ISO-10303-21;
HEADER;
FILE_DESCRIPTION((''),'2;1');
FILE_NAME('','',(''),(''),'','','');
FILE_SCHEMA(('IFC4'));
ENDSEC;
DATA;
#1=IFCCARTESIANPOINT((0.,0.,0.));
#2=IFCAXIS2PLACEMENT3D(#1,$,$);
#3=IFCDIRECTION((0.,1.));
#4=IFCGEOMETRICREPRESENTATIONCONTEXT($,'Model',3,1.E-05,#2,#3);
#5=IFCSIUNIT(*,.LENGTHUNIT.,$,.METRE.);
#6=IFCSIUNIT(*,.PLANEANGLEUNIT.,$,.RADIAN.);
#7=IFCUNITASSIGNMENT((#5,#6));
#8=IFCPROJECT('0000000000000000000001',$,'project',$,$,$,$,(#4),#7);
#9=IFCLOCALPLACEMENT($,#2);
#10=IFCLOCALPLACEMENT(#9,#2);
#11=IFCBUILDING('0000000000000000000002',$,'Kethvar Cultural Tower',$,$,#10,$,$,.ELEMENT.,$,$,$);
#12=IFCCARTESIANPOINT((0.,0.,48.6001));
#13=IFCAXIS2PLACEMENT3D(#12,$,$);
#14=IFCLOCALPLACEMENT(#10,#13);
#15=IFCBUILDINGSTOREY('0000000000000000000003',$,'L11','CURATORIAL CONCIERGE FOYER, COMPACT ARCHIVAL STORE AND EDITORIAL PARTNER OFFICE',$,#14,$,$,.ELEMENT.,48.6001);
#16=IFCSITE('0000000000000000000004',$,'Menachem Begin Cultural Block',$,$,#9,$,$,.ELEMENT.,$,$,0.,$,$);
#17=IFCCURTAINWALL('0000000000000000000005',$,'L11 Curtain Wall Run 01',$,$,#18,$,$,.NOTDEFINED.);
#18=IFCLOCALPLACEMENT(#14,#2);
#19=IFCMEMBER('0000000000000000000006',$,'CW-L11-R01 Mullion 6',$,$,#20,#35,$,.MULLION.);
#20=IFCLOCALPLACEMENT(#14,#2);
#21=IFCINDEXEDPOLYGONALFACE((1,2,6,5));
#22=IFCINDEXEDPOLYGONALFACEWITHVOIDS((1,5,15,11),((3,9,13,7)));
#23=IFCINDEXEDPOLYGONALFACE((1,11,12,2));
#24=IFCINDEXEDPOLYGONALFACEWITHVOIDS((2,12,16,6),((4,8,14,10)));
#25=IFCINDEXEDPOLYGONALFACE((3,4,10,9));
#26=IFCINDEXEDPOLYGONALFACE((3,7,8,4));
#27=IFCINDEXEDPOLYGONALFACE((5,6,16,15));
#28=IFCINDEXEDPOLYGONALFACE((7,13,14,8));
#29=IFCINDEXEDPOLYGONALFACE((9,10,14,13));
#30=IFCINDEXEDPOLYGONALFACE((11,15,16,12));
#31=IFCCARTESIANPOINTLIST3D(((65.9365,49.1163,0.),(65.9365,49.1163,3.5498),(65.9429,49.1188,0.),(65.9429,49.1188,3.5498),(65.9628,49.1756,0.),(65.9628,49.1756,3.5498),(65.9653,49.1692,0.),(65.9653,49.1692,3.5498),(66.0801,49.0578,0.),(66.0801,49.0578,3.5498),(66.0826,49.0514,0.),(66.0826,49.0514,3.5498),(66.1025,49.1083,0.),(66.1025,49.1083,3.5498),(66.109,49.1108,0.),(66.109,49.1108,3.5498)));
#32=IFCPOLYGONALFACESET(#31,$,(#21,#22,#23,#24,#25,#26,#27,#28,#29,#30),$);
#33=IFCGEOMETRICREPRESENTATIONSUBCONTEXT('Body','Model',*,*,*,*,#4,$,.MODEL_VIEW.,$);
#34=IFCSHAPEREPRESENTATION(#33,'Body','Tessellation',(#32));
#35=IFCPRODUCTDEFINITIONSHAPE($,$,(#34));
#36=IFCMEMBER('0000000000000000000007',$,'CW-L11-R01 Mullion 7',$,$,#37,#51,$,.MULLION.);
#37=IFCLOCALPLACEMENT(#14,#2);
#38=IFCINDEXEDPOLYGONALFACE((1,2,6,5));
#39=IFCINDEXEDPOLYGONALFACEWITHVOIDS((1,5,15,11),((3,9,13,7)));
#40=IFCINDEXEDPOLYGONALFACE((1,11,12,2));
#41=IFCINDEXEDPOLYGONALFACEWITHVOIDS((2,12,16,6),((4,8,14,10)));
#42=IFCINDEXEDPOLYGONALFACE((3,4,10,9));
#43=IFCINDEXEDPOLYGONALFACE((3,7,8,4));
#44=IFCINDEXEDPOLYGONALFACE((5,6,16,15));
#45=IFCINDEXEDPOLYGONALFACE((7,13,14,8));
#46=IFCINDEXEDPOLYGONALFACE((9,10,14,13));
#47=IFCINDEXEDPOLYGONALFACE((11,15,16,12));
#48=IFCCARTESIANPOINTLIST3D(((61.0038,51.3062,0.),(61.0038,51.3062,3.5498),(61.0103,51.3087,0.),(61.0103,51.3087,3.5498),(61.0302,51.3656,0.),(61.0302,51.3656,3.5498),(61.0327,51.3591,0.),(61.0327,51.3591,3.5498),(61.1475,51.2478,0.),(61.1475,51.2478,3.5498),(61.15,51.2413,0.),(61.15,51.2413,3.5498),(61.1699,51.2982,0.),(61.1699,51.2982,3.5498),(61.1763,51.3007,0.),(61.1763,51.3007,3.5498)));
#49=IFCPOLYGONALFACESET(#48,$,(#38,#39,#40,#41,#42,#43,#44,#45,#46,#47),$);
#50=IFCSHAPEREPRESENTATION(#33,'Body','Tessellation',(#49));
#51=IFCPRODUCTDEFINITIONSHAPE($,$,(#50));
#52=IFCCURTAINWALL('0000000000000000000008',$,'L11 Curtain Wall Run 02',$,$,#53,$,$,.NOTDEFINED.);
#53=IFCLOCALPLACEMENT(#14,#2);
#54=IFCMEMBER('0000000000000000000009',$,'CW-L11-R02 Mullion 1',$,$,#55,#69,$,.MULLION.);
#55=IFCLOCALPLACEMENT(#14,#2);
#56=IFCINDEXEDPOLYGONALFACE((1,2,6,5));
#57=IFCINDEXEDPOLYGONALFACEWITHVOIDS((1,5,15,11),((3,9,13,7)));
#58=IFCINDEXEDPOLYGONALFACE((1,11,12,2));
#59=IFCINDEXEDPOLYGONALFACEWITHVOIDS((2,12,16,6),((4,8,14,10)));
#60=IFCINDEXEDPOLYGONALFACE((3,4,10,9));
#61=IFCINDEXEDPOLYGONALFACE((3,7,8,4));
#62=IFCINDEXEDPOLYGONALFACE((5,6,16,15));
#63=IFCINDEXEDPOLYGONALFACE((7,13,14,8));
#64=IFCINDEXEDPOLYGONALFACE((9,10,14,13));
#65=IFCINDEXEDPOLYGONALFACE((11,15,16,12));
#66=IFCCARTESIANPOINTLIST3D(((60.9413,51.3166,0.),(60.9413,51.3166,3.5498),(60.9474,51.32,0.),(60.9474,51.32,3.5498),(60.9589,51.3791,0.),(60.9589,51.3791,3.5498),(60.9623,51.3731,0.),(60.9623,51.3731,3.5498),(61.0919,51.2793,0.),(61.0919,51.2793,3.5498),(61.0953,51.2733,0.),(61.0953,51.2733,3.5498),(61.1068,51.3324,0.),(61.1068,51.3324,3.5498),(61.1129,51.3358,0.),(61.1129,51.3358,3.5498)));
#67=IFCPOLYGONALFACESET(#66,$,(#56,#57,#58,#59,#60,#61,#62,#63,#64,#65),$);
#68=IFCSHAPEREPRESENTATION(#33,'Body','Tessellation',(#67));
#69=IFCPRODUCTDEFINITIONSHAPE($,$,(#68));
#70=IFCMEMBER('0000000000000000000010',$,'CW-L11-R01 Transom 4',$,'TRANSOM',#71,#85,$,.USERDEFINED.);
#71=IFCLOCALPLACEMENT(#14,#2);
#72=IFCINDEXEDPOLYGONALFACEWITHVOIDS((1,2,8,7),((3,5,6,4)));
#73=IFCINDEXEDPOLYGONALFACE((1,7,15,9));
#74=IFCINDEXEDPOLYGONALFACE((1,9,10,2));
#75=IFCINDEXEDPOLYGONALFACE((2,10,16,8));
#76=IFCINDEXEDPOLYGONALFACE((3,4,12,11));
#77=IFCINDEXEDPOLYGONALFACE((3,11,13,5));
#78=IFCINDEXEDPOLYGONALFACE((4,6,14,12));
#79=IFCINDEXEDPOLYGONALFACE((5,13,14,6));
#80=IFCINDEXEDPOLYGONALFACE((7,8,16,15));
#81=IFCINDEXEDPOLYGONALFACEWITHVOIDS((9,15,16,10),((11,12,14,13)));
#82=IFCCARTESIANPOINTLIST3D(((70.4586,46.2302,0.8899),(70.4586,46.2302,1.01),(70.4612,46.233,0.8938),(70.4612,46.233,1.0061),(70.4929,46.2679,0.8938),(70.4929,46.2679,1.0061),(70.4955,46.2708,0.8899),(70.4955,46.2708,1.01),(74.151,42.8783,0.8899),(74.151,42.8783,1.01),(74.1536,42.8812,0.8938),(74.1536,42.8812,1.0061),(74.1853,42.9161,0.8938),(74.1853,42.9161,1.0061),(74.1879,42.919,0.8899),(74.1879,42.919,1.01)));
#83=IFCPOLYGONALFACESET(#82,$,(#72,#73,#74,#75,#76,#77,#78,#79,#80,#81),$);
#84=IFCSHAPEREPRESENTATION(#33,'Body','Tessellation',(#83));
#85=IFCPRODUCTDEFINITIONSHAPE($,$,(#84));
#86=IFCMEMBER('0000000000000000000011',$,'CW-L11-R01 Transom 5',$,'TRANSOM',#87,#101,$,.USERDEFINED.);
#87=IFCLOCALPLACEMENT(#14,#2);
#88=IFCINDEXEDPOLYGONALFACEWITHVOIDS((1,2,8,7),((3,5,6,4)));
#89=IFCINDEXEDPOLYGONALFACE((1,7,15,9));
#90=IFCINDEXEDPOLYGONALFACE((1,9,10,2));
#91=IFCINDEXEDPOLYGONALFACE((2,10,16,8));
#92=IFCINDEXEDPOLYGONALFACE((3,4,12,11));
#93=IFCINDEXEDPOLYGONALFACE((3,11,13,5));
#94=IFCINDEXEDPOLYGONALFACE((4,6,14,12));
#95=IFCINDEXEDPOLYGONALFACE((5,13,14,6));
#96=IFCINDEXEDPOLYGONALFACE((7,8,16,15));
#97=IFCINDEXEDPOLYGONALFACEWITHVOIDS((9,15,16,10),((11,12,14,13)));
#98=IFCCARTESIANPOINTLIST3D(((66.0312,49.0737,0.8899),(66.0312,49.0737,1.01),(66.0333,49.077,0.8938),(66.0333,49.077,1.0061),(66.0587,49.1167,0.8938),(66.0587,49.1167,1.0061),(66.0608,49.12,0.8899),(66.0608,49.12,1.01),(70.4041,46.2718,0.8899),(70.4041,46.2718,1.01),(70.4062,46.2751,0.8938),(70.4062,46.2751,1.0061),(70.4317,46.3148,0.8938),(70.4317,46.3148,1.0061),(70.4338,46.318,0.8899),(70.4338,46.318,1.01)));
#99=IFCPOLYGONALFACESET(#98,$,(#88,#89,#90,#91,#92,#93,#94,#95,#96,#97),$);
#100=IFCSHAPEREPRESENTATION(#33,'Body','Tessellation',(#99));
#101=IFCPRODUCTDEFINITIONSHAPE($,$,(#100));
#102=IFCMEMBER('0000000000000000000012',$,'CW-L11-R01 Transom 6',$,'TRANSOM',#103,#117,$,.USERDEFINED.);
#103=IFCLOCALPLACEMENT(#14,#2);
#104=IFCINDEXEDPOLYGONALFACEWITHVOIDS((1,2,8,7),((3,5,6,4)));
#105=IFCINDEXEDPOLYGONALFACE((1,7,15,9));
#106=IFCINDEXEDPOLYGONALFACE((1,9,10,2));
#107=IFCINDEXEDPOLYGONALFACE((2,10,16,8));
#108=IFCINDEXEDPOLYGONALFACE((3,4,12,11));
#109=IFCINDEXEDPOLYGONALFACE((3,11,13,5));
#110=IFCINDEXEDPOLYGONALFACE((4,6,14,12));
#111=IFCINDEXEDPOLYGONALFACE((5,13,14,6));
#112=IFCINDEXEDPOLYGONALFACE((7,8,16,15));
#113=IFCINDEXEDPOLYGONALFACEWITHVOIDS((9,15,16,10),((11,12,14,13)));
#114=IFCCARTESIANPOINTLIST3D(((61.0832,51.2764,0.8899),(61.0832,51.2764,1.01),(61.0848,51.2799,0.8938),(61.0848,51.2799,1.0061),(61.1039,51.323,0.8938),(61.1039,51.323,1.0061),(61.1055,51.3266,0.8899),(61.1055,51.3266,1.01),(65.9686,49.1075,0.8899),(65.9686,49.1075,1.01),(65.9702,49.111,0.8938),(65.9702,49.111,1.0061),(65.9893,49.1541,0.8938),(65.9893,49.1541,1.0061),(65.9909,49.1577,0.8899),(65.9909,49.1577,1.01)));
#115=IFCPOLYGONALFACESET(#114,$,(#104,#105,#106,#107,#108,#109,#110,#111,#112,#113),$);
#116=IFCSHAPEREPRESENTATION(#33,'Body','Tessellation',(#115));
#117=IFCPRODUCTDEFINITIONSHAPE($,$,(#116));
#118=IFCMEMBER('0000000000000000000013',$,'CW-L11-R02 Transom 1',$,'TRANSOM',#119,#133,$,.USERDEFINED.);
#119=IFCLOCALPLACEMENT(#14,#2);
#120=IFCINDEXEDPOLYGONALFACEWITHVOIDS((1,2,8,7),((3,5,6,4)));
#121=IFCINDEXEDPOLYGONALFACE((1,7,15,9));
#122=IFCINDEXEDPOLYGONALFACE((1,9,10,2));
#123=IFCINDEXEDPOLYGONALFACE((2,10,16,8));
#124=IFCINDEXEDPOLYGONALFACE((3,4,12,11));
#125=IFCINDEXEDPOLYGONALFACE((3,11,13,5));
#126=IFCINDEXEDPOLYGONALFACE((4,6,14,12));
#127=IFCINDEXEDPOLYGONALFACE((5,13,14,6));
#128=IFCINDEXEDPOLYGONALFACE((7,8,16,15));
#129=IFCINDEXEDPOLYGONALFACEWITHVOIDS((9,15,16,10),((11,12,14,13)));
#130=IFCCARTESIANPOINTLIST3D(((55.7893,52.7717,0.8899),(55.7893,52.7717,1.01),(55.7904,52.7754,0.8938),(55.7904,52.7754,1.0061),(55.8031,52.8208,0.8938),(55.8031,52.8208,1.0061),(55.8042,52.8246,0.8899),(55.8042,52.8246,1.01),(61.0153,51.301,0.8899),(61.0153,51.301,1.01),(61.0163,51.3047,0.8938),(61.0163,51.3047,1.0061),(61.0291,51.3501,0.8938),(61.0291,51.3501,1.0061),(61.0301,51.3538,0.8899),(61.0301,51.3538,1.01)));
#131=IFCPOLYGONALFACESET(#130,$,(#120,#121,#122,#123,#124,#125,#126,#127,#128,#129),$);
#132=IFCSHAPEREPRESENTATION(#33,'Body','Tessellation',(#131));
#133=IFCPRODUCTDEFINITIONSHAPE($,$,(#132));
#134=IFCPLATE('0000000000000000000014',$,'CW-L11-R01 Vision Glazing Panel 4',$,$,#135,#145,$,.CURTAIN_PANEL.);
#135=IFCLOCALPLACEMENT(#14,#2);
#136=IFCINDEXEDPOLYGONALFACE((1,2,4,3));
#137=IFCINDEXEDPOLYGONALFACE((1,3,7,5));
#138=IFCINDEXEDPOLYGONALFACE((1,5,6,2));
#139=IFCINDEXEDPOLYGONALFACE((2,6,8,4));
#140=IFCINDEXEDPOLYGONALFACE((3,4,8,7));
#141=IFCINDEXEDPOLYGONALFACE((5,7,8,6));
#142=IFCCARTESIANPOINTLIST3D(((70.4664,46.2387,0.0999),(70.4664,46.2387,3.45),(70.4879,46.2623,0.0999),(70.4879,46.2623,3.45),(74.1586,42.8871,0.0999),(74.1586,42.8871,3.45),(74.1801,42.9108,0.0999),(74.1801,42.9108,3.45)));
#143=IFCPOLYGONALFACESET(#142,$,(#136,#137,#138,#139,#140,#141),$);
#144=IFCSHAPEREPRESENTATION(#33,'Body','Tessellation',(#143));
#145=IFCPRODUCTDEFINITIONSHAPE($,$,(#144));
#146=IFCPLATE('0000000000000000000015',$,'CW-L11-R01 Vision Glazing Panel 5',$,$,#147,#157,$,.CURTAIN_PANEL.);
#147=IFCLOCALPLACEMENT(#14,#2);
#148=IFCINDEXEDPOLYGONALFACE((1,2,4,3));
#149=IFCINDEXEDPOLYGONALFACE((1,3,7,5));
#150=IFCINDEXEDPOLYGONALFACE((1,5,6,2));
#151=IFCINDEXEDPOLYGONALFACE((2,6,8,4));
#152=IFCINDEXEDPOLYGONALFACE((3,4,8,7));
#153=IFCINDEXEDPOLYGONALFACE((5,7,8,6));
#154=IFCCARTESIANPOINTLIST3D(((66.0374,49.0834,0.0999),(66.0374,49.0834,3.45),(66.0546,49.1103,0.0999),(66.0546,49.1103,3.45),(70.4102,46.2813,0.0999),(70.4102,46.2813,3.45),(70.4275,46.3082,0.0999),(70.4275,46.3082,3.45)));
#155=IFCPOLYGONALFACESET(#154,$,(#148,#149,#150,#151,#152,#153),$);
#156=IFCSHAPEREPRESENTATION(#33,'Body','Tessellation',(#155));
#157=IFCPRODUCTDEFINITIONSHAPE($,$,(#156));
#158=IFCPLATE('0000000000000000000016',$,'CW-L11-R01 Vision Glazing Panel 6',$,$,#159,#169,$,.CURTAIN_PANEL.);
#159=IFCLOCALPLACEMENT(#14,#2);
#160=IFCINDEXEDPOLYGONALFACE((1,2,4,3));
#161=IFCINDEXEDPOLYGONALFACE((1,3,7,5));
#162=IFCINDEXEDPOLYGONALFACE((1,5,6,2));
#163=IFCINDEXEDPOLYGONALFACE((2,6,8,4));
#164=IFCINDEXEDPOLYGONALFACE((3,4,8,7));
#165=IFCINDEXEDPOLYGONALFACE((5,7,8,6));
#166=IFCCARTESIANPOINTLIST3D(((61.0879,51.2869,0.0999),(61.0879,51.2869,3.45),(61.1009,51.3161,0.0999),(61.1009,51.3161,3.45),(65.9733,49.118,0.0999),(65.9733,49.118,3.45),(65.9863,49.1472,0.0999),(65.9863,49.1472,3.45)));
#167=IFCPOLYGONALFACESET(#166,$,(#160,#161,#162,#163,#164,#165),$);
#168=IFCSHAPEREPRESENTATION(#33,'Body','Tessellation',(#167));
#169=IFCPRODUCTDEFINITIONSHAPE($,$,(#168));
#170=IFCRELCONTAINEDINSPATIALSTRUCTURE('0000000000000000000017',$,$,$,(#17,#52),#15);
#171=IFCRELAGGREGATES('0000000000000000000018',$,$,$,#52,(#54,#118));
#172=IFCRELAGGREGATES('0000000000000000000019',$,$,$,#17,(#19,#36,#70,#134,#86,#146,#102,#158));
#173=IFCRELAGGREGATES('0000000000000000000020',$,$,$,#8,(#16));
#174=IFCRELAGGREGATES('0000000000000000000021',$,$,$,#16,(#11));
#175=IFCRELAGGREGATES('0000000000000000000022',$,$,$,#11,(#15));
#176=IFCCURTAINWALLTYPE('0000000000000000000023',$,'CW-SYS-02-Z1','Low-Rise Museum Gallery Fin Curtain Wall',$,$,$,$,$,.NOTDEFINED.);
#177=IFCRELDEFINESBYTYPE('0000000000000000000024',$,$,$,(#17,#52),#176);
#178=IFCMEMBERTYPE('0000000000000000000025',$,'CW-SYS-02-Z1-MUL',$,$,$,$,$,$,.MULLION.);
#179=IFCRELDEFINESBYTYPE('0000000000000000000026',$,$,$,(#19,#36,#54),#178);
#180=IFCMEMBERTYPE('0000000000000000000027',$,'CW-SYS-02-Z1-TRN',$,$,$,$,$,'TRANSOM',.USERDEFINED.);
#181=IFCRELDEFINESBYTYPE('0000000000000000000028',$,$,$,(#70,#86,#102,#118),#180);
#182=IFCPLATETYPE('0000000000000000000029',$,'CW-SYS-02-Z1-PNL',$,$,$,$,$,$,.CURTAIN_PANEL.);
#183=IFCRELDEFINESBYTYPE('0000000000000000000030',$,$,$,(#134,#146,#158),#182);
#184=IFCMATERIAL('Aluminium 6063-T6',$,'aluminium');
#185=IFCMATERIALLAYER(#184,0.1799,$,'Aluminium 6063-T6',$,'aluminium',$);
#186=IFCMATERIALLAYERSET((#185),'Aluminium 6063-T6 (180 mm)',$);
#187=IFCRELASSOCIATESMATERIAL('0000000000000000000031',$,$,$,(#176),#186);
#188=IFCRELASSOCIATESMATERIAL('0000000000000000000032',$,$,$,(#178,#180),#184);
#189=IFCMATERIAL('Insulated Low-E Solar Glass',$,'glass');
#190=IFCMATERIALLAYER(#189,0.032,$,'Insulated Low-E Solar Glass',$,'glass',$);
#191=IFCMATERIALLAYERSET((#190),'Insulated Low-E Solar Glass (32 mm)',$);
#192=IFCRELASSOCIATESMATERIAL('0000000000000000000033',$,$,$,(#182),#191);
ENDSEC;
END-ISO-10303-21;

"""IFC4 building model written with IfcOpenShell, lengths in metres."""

from ifc_helpers import new_model, si_unit, direction, frame, origin, origin_2d, place, context, subcontext, project, spatial, rectangle, hollow_rectangle, extrude, source, transform, mapped, material, layer, layer_set, material_profile, profile_set, type_object, element, aggregate, save


model = new_model("IFC4")

# Units and contexts
model_context = context("Model", 3, precision=1e-05, world=origin(), true_north=direction((0.0, 1.0)))
body_context = subcontext(model_context, "Body", "Model", "MODEL_VIEW")
ifc_project = project(units=[si_unit("LENGTHUNIT", "METRE"), si_unit("PLANEANGLEUNIT", "RADIAN")], contexts=[model_context])

# Site, building, storey
site_placement = place(None, origin())
site = spatial("IfcSite", under=ifc_project, at=site_placement, Name="Menachem Begin Cultural Block", CompositionType="ELEMENT", RefElevation=0.0)
building_placement = place(site_placement, origin())
building = spatial("IfcBuilding", under=site, at=building_placement, Name="Kethvar Cultural Tower", CompositionType="ELEMENT")
storey_placement = place(building_placement, frame((0.0, 0.0, 48.6001)))
storey = spatial("IfcBuildingStorey", under=building, at=storey_placement, Name="L11", Description="CURATORIAL CONCIERGE FOYER, COMPACT ARCHIVAL STORE AND EDITORIAL PARTNER OFFICE", CompositionType="ELEMENT", Elevation=48.6001)

# Curtain wall, members
ifc_material_1 = material(Name="Aluminium 6063-T6", Category="aluminium")
ifc_layer_1 = layer(ifc_material_1, 0.1799, Name="Aluminium 6063-T6", Category="aluminium")
ifc_layer_set_1 = layer_set([ifc_layer_1], Name="Aluminium 6063-T6 (180 mm)")
curtain_wall_type = type_object("IfcCurtainWallType", Name="CW-SYS-02-Z1", Description="Low-Rise Museum Gallery Fin Curtain Wall", PredefinedType="NOTDEFINED", material=ifc_layer_set_1)
curtain_wall_1_placement = place(storey_placement, origin())
curtain_wall_1 = element("IfcCurtainWall", 1, at=curtain_wall_1_placement, inside=storey, type_object=curtain_wall_type, Name="L11 Curtain Wall Run 01", PredefinedType="NOTDEFINED")
ifc_material_profile_1 = material_profile(ifc_material_1, hollow_rectangle(XDim=0.0649, YDim=0.1599, WallThickness=0.0049, at=origin_2d()), Name="Aluminium 6063-T6 — RHS160x65x5")
ifc_profile_set_1 = profile_set([ifc_material_profile_1], Name="Aluminium 6063-T6 — RHS160x65x5")
member_type_1 = type_object("IfcMemberType", Name="CW-SYS-02-Z1-MUL", PredefinedType="MULLION", material=ifc_profile_set_1)
shared_shape_1 = source(origin(), body_context, "Body", "SweptSolid", [
    extrude(hollow_rectangle(XDim=0.0649, YDim=0.1599, WallThickness=0.0049, at=origin_2d()), origin(), (0.0, 0.0, 1.0), 3.5498),
])
member_1_placement = place(storey_placement, frame((66.0227, 49.1135, 0.0), z_axis=(0.0, 0.0, 1.0), x_axis=(-0.405764, -0.913978, 0.0)))
member_1 = element("IfcMember", 2, at=member_1_placement, type_object=member_type_1, Name="CW-L11-R01 Mullion 6", PredefinedType="MULLION", context=body_context, shape_type="MappedRepresentation", body=[
    mapped(shared_shape_1, transform((0.0, 0.0, 0.0), scale=1.0)),
])
member_2_placement = place(storey_placement, frame((61.0901, 51.3035, 0.0), z_axis=(0.0, 0.0, 1.0), x_axis=(-0.405764, -0.913978, 0.0)))
member_2 = element("IfcMember", 3, at=member_2_placement, type_object=member_type_1, Name="CW-L11-R01 Mullion 7", PredefinedType="MULLION", context=body_context, shape_type="MappedRepresentation", body=[
    mapped(shared_shape_1, transform((0.0, 0.0, 0.0), scale=1.0)),
])

# Curtain wall, member
curtain_wall_2_placement = place(storey_placement, origin())
curtain_wall_2 = element("IfcCurtainWall", 4, at=curtain_wall_2_placement, inside=storey, type_object=curtain_wall_type, Name="L11 Curtain Wall Run 02", PredefinedType="NOTDEFINED")
member_3_placement = place(storey_placement, frame((61.0271, 51.3262, 0.0), z_axis=(0.0, 0.0, 1.0), x_axis=(-0.270903, -0.962607, 0.0)))
member_3 = element("IfcMember", 5, at=member_3_placement, type_object=member_type_1, Name="CW-L11-R02 Mullion 1", PredefinedType="MULLION", context=body_context, shape_type="MappedRepresentation", body=[
    mapped(shared_shape_1, transform((0.0, 0.0, 0.0), scale=1.0)),
])

# Members
ifc_material_profile_2 = material_profile(ifc_material_1, hollow_rectangle(XDim=0.0549, YDim=0.1201, WallThickness=0.0039, at=origin_2d()), Name="Aluminium 6063-T6 — RHS120x55x4")
ifc_profile_set_2 = profile_set([ifc_material_profile_2], Name="Aluminium 6063-T6 — RHS120x55x4")
member_type_2 = type_object("IfcMemberType", Name="CW-SYS-02-Z1-TRN", ElementType="TRANSOM", PredefinedType="USERDEFINED", material=ifc_profile_set_2)
shared_shape_2 = source(origin(), body_context, "Body", "SweptSolid", [
    extrude(hollow_rectangle(XDim=0.0549, YDim=0.1201, WallThickness=0.0039, at=origin_2d()), origin(), (0.0, 0.0, 1.0), 4.9868),
])
member_4_placement = place(storey_placement, frame((74.1694, 42.8987, 0.95), z_axis=(-0.740429, 0.672134, 0.0), x_axis=(-0.672134, -0.740429, 0.0)))
member_4 = element("IfcMember", 6, at=member_4_placement, type_object=member_type_2, Name="CW-L11-R01 Transom 4", ObjectType="TRANSOM", PredefinedType="USERDEFINED", context=body_context, shape_type="MappedRepresentation", body=[
    mapped(shared_shape_2, transform((0.0, 0.0, 0.0), scale=1.0)),
])
shared_shape_3 = source(origin(), body_context, "Body", "SweptSolid", [
    extrude(hollow_rectangle(XDim=0.0549, YDim=0.1201, WallThickness=0.0039, at=origin_2d()), origin(), (0.0, 0.0, 1.0), 5.1936),
])
member_5_placement = place(storey_placement, frame((70.4189, 46.2949, 0.95), z_axis=(-0.841987, 0.539498, 0.0), x_axis=(-0.539498, -0.841987, 0.0)))
member_5 = element("IfcMember", 7, at=member_5_placement, type_object=member_type_2, Name="CW-L11-R01 Transom 5", ObjectType="TRANSOM", PredefinedType="USERDEFINED", context=body_context, shape_type="MappedRepresentation", body=[
    mapped(shared_shape_3, transform((0.0, 0.0, 0.0), scale=1.0)),
])
shared_shape_4 = source(origin(), body_context, "Body", "SweptSolid", [
    extrude(hollow_rectangle(XDim=0.0549, YDim=0.1201, WallThickness=0.0039, at=origin_2d()), origin(), (0.0, 0.0, 1.0), 5.3452),
])
member_6_placement = place(storey_placement, frame((65.9797, 49.1326, 0.95), z_axis=(-0.913977, 0.405766, 0.0), x_axis=(-0.405766, -0.913977, 0.0)))
member_6 = element("IfcMember", 8, at=member_6_placement, type_object=member_type_2, Name="CW-L11-R01 Transom 6", ObjectType="TRANSOM", PredefinedType="USERDEFINED", context=body_context, shape_type="MappedRepresentation", body=[
    mapped(shared_shape_4, transform((0.0, 0.0, 0.0), scale=1.0)),
])
shared_shape_5 = source(origin(), body_context, "Body", "SweptSolid", [
    extrude(hollow_rectangle(XDim=0.0549, YDim=0.1201, WallThickness=0.0039, at=origin_2d()), origin(), (0.0, 0.0, 1.0), 5.429),
])
member_7_placement = place(storey_placement, frame((61.0227, 51.3274, 0.95), z_axis=(-0.962606, 0.270906, 0.0), x_axis=(-0.270906, -0.962606, 0.0)))
member_7 = element("IfcMember", 9, at=member_7_placement, type_object=member_type_2, Name="CW-L11-R02 Transom 1", ObjectType="TRANSOM", PredefinedType="USERDEFINED", context=body_context, shape_type="MappedRepresentation", body=[
    mapped(shared_shape_5, transform((0.0, 0.0, 0.0), scale=1.0)),
])
aggregate(curtain_wall_2, [member_3, member_7])

# Plates
ifc_material_2 = material(Name="Insulated Low-E Solar Glass", Category="glass")
ifc_layer_2 = layer(ifc_material_2, 0.032, Name="Insulated Low-E Solar Glass", Category="glass")
ifc_layer_set_2 = layer_set([ifc_layer_2], Name="Insulated Low-E Solar Glass (32 mm)")
plate_type = type_object("IfcPlateType", Name="CW-SYS-02-Z1-PNL", PredefinedType="CURTAIN_PANEL", material=ifc_layer_set_2)
shared_shape_6 = source(origin(), body_context, "Body", "SweptSolid", [
    extrude(rectangle(XDim=4.9866, YDim=0.032, at=origin_2d()), origin(), (0.0, 0.0, 1.0), 3.3501),
])
plate_1_placement = place(storey_placement, frame((72.3232, 44.5747, 0.0999), z_axis=(0.0, 0.0, 1.0), x_axis=(-0.740441, 0.672121, 0.0)))
plate_1 = element("IfcPlate", 10, at=plate_1_placement, type_object=plate_type, Name="CW-L11-R01 Vision Glazing Panel 4", PredefinedType="CURTAIN_PANEL", context=body_context, shape_type="MappedRepresentation", body=[
    mapped(shared_shape_6, transform((0.0, 0.0, 0.0), scale=1.0)),
])
shared_shape_7 = source(origin(), body_context, "Body", "SweptSolid", [
    extrude(rectangle(XDim=5.1936, YDim=0.032, at=origin_2d()), origin(), (0.0, 0.0, 1.0), 3.3501),
])
plate_2_placement = place(storey_placement, frame((68.2324, 47.6958, 0.0999), z_axis=(0.0, 0.0, 1.0), x_axis=(-0.841972, 0.53952, 0.0)))
plate_2 = element("IfcPlate", 11, at=plate_2_placement, type_object=plate_type, Name="CW-L11-R01 Vision Glazing Panel 5", PredefinedType="CURTAIN_PANEL", context=body_context, shape_type="MappedRepresentation", body=[
    mapped(shared_shape_7, transform((0.0, 0.0, 0.0), scale=1.0)),
])
shared_shape_8 = source(origin(), body_context, "Body", "SweptSolid", [
    extrude(rectangle(XDim=5.3452, YDim=0.032, at=origin_2d()), origin(), (0.0, 0.0, 1.0), 3.3501),
])
plate_3_placement = place(storey_placement, frame((63.5371, 50.217, 0.0999), z_axis=(0.0, 0.0, 1.0), x_axis=(-0.913978, 0.405764, 0.0)))
plate_3 = element("IfcPlate", 12, at=plate_3_placement, type_object=plate_type, Name="CW-L11-R01 Vision Glazing Panel 6", PredefinedType="CURTAIN_PANEL", context=body_context, shape_type="MappedRepresentation", body=[
    mapped(shared_shape_8, transform((0.0, 0.0, 0.0), scale=1.0)),
])
aggregate(curtain_wall_1, [member_1, member_2, member_4, plate_1, member_5, plate_2, member_6, plate_3])

save(model, "model.ifc")
